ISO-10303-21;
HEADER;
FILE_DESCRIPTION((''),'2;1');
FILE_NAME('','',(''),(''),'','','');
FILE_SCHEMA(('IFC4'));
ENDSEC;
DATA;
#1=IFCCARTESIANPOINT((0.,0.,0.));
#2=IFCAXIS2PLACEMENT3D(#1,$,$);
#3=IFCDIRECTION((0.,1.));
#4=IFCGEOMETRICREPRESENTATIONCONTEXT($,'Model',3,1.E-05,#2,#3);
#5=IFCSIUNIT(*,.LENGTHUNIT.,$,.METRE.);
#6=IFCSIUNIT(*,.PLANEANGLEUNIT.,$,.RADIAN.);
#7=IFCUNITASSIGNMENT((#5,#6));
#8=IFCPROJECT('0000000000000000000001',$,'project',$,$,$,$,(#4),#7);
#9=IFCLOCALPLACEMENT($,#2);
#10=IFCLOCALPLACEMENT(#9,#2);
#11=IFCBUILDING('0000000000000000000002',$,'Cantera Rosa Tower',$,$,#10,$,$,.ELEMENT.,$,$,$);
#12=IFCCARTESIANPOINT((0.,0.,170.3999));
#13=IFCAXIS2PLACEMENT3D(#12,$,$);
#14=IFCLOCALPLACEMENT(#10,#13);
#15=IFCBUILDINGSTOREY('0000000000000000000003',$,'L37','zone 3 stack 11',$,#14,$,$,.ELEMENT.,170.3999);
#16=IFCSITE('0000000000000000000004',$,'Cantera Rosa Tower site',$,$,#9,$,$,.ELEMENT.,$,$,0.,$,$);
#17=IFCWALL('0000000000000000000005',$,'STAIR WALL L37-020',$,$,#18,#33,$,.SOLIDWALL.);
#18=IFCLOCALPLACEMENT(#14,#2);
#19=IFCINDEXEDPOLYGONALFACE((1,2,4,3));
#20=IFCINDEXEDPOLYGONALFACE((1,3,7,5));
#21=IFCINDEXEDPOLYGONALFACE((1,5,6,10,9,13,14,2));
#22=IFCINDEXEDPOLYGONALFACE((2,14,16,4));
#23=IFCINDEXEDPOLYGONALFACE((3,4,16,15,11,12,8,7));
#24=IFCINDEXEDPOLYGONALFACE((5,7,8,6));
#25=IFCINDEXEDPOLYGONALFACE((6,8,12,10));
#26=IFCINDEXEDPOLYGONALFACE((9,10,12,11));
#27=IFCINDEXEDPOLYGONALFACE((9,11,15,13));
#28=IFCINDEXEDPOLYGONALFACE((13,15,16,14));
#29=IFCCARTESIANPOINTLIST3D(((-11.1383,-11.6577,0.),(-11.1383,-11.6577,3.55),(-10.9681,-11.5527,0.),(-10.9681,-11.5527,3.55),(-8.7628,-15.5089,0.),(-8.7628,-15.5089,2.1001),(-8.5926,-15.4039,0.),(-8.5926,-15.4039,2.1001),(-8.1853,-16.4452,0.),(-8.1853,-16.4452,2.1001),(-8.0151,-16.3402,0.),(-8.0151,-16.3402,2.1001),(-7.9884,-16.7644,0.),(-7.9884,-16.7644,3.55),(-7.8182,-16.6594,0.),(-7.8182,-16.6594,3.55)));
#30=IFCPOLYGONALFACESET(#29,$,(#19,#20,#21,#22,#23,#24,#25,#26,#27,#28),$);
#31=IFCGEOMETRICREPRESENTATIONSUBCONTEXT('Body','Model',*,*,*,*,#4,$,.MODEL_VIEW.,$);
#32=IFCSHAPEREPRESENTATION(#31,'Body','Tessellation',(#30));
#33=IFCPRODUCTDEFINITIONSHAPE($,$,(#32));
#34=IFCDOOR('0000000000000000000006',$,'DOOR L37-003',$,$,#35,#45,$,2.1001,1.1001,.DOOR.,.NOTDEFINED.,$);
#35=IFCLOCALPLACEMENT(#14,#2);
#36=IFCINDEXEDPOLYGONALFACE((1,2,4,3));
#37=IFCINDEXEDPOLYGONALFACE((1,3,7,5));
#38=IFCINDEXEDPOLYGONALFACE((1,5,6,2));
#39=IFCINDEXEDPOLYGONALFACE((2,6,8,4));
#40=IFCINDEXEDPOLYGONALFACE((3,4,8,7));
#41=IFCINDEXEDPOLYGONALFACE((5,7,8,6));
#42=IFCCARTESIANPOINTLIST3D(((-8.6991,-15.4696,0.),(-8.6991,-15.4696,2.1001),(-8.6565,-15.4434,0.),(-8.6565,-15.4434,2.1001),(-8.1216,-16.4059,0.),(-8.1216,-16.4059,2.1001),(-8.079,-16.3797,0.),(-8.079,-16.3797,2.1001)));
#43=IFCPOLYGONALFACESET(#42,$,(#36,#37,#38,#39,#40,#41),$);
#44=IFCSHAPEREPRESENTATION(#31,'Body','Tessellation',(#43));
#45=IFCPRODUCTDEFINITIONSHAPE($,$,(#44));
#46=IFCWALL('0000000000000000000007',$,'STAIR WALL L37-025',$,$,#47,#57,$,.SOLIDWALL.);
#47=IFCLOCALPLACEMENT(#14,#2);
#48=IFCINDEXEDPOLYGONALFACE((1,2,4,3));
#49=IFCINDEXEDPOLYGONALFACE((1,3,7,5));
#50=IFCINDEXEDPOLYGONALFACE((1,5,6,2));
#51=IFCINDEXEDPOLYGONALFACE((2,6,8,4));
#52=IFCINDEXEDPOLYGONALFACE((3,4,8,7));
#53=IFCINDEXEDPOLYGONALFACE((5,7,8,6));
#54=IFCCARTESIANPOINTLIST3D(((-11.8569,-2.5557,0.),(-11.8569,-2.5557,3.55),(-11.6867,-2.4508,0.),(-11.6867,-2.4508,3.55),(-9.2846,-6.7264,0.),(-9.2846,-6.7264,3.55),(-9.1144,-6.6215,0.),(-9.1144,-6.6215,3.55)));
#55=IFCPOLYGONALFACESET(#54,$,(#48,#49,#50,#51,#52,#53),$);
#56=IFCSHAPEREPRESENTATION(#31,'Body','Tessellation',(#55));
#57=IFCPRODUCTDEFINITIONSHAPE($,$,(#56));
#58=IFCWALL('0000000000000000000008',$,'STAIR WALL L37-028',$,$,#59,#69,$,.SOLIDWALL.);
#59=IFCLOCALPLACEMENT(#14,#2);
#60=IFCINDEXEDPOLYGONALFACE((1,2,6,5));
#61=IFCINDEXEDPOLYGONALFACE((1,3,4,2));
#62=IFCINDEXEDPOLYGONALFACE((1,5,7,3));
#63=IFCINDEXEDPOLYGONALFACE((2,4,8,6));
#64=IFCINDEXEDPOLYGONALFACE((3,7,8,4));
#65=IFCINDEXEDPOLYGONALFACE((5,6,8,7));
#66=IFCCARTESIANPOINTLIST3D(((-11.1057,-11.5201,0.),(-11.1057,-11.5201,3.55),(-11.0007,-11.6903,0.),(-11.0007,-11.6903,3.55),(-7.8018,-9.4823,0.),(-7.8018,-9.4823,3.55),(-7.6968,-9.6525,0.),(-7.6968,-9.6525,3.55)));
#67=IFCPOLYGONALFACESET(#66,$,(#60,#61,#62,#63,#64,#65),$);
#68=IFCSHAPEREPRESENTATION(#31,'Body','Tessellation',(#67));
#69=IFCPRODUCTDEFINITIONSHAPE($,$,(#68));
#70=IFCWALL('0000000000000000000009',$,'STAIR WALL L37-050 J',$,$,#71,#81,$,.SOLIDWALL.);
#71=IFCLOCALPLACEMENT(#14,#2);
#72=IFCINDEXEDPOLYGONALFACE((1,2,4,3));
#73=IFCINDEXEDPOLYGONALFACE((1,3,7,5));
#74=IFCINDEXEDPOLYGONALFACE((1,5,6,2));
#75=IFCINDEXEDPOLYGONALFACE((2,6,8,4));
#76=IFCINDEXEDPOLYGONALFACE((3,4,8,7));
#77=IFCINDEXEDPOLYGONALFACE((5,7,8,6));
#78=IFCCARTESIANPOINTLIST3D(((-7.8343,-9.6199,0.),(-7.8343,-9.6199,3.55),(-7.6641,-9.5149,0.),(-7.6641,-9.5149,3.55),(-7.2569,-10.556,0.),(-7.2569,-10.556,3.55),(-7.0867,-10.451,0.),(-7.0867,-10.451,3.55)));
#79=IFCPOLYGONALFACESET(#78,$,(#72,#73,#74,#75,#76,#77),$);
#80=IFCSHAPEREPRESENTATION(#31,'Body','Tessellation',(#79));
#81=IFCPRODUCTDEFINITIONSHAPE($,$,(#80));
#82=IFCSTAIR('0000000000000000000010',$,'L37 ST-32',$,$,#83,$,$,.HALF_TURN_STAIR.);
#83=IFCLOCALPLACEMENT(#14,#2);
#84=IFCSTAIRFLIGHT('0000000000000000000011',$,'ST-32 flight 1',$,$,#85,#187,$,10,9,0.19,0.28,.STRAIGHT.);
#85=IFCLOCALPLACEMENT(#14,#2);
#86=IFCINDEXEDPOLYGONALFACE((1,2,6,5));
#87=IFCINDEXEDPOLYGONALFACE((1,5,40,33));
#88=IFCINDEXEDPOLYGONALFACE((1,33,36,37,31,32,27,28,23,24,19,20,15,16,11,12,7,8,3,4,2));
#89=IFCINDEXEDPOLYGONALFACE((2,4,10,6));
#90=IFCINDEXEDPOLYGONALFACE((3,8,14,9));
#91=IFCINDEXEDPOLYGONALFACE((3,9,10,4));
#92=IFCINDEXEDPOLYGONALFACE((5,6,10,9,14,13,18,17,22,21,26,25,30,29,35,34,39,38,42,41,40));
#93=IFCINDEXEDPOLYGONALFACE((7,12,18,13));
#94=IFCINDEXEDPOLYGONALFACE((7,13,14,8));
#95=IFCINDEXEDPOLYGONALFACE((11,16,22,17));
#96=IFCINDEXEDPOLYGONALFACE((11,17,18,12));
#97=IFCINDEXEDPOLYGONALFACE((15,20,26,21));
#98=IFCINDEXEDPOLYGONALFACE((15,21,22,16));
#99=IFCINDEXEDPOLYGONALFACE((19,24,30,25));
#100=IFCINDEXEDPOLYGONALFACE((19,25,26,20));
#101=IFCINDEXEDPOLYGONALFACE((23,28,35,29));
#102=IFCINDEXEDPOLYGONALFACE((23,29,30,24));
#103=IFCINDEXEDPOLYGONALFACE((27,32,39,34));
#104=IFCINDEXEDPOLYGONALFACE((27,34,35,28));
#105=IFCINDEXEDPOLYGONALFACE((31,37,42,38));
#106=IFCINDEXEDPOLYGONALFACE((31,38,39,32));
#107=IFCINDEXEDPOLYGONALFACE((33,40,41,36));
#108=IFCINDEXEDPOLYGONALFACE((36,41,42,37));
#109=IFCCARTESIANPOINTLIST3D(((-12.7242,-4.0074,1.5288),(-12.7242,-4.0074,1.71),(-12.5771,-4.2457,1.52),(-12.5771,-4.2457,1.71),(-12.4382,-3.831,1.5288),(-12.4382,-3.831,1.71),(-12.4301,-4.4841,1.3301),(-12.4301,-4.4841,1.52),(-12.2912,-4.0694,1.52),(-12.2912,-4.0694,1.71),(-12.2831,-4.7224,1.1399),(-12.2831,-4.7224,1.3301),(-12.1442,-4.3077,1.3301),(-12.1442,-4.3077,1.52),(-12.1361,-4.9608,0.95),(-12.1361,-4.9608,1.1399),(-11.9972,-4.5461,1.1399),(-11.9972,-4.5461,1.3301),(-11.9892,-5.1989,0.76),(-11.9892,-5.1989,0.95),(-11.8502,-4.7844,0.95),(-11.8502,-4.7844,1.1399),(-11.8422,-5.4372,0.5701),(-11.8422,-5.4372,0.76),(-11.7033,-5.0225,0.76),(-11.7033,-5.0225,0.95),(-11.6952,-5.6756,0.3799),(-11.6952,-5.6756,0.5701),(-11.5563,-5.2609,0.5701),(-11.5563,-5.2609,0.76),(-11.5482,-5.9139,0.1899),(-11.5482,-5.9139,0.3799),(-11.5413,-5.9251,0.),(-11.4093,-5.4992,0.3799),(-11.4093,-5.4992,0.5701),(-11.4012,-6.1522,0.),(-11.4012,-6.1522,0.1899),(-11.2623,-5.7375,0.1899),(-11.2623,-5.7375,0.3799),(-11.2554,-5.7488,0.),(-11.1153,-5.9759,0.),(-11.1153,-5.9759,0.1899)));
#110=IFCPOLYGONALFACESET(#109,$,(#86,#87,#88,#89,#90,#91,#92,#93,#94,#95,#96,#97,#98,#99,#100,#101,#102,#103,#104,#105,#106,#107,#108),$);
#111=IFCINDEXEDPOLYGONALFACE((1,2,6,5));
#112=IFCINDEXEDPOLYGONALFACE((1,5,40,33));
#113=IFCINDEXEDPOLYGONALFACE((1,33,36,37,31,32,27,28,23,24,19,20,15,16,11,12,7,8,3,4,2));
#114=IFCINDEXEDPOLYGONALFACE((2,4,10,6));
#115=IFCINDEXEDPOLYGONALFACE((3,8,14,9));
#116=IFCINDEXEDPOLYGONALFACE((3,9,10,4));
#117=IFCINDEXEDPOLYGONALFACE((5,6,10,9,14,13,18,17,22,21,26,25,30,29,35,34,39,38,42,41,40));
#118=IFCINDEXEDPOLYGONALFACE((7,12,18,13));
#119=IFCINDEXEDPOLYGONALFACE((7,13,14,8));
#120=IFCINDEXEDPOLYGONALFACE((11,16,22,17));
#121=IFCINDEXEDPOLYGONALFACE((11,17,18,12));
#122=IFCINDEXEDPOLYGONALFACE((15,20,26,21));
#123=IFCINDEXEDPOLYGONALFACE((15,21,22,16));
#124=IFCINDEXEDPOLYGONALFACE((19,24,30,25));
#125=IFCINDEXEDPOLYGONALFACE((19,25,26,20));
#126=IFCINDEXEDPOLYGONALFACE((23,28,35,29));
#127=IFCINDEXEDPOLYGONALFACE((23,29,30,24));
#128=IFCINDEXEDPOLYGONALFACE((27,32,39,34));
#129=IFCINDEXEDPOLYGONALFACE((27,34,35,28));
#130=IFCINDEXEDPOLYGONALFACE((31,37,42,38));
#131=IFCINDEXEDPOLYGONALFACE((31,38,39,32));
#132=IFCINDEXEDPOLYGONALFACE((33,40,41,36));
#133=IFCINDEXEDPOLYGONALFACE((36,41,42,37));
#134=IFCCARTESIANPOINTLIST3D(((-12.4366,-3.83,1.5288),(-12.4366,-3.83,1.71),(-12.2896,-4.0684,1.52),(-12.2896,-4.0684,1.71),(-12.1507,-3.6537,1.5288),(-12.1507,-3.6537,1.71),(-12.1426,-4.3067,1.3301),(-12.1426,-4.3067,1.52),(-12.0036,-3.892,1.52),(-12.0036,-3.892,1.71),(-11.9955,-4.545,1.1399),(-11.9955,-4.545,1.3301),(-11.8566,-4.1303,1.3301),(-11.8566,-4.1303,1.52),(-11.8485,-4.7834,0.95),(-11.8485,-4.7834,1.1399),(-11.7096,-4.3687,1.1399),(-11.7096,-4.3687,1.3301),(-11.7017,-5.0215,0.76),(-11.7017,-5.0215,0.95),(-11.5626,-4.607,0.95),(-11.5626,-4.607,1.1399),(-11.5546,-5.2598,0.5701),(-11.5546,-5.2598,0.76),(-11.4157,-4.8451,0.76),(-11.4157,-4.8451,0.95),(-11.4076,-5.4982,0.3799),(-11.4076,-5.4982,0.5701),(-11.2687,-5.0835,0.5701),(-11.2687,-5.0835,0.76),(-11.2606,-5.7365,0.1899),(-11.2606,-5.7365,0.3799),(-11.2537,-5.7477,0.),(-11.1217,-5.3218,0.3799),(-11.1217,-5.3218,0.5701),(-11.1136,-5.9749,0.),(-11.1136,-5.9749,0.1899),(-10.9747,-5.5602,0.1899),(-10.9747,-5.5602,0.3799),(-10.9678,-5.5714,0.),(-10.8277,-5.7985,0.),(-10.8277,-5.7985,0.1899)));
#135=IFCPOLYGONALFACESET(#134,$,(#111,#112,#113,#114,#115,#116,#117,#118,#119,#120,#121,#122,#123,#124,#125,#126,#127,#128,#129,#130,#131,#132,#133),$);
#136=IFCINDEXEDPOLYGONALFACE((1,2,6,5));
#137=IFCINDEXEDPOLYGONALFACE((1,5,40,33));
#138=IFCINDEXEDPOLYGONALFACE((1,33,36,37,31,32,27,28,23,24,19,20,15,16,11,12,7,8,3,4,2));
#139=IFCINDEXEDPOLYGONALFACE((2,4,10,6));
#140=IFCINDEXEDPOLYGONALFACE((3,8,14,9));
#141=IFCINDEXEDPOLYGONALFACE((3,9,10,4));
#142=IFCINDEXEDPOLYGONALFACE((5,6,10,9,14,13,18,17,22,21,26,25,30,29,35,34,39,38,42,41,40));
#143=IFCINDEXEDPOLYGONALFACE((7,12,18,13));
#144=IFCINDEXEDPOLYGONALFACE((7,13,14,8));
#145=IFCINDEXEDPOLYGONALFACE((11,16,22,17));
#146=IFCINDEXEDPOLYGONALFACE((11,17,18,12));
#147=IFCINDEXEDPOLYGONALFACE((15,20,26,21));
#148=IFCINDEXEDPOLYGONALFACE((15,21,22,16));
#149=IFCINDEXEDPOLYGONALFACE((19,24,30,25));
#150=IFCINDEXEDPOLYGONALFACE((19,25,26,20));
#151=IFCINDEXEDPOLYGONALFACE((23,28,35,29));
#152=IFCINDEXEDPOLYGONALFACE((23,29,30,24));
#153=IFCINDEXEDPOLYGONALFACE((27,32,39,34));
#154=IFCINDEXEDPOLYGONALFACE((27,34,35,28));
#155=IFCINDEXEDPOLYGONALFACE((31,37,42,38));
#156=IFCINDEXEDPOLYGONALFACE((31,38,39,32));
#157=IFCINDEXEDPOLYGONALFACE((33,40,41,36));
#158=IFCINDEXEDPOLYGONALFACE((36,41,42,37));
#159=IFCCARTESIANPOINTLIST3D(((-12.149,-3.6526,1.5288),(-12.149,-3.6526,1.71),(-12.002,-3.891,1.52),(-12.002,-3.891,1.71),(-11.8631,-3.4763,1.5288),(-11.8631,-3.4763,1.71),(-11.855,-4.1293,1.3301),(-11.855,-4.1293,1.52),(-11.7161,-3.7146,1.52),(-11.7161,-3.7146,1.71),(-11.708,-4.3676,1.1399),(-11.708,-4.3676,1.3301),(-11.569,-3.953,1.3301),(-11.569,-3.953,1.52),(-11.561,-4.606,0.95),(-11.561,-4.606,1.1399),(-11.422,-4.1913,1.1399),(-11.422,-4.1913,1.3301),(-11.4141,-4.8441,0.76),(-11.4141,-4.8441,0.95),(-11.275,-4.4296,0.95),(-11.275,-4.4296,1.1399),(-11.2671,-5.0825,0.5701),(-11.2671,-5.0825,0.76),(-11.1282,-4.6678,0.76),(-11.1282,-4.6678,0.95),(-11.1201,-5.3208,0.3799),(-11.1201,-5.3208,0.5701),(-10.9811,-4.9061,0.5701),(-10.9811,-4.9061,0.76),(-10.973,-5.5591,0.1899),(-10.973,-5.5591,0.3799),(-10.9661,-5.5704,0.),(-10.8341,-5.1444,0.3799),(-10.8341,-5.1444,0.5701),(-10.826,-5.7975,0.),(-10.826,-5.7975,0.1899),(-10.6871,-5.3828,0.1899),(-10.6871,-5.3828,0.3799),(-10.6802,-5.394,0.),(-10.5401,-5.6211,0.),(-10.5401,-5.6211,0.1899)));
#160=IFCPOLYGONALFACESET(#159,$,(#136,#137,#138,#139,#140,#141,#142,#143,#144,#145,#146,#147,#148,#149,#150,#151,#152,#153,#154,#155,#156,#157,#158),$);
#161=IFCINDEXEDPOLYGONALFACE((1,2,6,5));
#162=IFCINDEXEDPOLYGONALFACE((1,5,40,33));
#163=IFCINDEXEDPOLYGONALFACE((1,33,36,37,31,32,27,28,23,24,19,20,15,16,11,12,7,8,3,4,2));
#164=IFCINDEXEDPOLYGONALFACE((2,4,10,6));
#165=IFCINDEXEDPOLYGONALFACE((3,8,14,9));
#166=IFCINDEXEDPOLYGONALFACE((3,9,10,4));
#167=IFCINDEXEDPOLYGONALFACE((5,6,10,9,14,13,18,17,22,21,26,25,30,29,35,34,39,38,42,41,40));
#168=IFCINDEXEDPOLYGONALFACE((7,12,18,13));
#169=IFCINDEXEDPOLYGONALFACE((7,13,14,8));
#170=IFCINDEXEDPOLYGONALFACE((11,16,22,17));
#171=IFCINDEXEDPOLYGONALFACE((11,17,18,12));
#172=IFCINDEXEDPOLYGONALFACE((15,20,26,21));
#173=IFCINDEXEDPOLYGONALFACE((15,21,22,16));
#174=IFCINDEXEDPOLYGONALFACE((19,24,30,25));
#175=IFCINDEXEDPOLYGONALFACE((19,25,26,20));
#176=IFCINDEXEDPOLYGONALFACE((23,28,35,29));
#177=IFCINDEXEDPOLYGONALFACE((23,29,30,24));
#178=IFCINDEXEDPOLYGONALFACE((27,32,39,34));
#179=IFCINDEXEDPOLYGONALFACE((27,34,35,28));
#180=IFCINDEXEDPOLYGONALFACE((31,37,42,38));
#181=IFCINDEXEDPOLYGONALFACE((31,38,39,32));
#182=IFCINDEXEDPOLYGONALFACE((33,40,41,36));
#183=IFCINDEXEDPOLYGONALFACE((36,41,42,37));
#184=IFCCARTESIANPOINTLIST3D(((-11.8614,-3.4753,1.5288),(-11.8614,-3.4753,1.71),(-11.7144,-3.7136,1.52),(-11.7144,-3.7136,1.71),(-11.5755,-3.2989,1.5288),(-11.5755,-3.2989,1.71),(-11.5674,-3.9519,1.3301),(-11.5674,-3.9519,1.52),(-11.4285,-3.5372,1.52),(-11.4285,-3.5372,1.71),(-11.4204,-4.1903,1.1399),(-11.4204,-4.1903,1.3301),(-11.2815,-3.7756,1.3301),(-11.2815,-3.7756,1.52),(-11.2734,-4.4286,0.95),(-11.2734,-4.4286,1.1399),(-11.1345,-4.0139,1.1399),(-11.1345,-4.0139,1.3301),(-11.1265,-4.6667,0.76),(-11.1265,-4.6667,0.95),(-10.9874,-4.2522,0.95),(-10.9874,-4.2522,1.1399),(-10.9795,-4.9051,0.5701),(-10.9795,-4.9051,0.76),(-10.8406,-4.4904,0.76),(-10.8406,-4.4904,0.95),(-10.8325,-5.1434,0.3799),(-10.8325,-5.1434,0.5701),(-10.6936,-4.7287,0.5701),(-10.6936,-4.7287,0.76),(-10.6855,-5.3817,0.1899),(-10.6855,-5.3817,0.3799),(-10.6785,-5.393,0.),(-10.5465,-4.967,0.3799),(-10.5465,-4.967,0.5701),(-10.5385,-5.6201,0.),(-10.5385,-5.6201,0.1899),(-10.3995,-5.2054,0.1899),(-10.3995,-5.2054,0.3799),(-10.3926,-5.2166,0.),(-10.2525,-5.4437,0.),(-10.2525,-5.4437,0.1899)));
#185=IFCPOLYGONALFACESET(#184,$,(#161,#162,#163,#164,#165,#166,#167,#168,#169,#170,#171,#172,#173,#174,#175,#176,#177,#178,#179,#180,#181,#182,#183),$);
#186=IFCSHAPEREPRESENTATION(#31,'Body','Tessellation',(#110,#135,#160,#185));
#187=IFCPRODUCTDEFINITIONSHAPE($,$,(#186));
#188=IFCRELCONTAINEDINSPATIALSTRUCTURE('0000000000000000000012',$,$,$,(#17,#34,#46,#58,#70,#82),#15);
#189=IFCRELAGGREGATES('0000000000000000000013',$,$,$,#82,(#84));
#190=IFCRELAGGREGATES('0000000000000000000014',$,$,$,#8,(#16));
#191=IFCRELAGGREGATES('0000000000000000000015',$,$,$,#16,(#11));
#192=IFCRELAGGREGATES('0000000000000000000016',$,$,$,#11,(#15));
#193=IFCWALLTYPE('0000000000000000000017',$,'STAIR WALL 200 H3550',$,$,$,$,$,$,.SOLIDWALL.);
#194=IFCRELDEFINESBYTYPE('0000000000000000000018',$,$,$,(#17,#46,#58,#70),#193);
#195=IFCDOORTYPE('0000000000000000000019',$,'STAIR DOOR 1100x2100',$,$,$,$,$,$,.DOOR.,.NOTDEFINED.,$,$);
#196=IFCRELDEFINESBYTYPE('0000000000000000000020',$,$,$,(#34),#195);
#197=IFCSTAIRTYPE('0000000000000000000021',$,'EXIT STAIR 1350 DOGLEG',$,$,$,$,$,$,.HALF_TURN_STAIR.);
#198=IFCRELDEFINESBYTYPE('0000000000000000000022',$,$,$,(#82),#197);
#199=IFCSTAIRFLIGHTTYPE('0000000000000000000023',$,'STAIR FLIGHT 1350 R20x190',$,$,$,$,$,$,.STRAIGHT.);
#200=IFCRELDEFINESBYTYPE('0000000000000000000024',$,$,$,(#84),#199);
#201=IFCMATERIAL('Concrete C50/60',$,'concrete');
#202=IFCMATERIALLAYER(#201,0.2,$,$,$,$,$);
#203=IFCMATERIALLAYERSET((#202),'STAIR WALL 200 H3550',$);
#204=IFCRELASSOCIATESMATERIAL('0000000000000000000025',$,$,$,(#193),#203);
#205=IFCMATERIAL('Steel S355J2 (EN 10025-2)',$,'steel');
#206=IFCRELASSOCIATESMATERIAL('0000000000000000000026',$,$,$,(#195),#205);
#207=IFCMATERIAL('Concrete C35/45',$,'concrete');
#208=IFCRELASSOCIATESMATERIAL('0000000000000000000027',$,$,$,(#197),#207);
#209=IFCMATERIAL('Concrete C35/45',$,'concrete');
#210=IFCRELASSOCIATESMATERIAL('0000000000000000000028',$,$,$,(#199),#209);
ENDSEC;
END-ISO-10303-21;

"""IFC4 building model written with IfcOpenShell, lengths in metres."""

from ifc_helpers import new_model, si_unit, direction, frame, frame_2d, origin, place, context, subcontext, project, spatial, polyline, rectangle, outline, extrude, material, layer, layer_set, type_object, element, fill, aggregate, save


model = new_model("IFC4")

# Units and contexts
model_context = context("Model", 3, precision=1e-05, world=origin(), true_north=direction((0.0, 1.0)))
body_context = subcontext(model_context, "Body", "Model", "MODEL_VIEW")
ifc_project = project(units=[si_unit("LENGTHUNIT", "METRE"), si_unit("PLANEANGLEUNIT", "RADIAN")], contexts=[model_context])

# Site, building, storey
site_placement = place(None, origin())
site = spatial("IfcSite", under=ifc_project, at=site_placement, Name="Cantera Rosa Tower site", CompositionType="ELEMENT", RefElevation=0.0)
building_placement = place(site_placement, origin())
building = spatial("IfcBuilding", under=site, at=building_placement, Name="Cantera Rosa Tower", CompositionType="ELEMENT")
storey_placement = place(building_placement, frame((0.0, 0.0, 170.3999)))
storey = spatial("IfcBuildingStorey", under=building, at=storey_placement, Name="L37", Description="zone 3 stack 11", CompositionType="ELEMENT", Elevation=170.3999)

# Wall, opening, door
ifc_material_1 = material(Name="Concrete C50/60", Category="concrete")
ifc_layer_1 = layer(ifc_material_1, 0.2)
ifc_layer_set_1 = layer_set([ifc_layer_1], Name="STAIR WALL 200 H3550")
wall_type_1 = type_object("IfcWallType", Name="STAIR WALL 200 H3550", PredefinedType="SOLIDWALL", material=ifc_layer_set_1)
wall_1_placement = place(storey_placement, frame((-11.0532, -11.6052, 0.0), z_axis=(0.0, 0.0, 1.0), x_axis=(0.524983, -0.851113, 0.0)))
wall_1 = element("IfcWall", 1, at=wall_1_placement, inside=storey, type_object=wall_type_1, Name="STAIR WALL L37-020", PredefinedType="SOLIDWALL", context=body_context, shape_type="SweptSolid", body=[
    extrude(rectangle(XDim=6.0, YDim=0.2, at=frame_2d((3.0, 0.0))), origin(), (0.0, 0.0, 1.0), 3.55),
])
opening_placement = place(wall_1_placement, frame((4.5249, 0.0, 0.0)))
opening = element("IfcOpeningElement", 2, at=opening_placement, cuts=wall_1, PredefinedType="OPENING", context=body_context, shape_type="SweptSolid", body=[
    extrude(rectangle(XDim=1.1001, YDim=2.1001, at=frame_2d((0.55, 1.05))), frame((0.0, 0.1099, 0.0), z_axis=(0.0, -1.0, 0.0), x_axis=(1.0, 0.0, 0.0)), (0.0, 0.0, 1.0), 0.22),
])
ifc_material_2 = material(Name="Steel S355J2 (EN 10025-2)", Category="steel")
door_type = type_object("IfcDoorType", Name="STAIR DOOR 1100x2100", OperationType="NOTDEFINED", PredefinedType="DOOR", material=ifc_material_2)
door_placement = place(opening_placement, origin())
door = element("IfcDoor", 3, at=door_placement, inside=storey, type_object=door_type, Name="DOOR L37-003", OperationType="NOTDEFINED", OverallHeight=2.1001, OverallWidth=1.1001, PredefinedType="DOOR", context=body_context, shape_type="SweptSolid", body=[
    extrude(rectangle(XDim=1.1001, YDim=2.1001, at=frame_2d((0.55, 1.05))), frame((0.0, 0.0249, 0.0), z_axis=(0.0, -1.0, 0.0), x_axis=(1.0, 0.0, 0.0)), (0.0, 0.0, 1.0), 0.05),
])
fill(opening, door)

# Walls
wall_2_placement = place(storey_placement, frame((-9.1995, -6.6741, 0.0), z_axis=(0.0, 0.0, 1.0), x_axis=(-0.524942, 0.851138, 0.0)))
element("IfcWall", 4, at=wall_2_placement, inside=storey, type_object=wall_type_1, Name="STAIR WALL L37-025", PredefinedType="SOLIDWALL", context=body_context, shape_type="SweptSolid", body=[
    extrude(rectangle(XDim=4.9001, YDim=0.2, at=frame_2d((2.4502, 0.0))), origin(), (0.0, 0.0, 1.0), 3.55),
])
wall_3_placement = place(storey_placement, frame((-7.7493, -9.5674, 0.0), z_axis=(0.0, 0.0, 1.0), x_axis=(-0.851125, -0.524964, 0.0)))
element("IfcWall", 5, at=wall_3_placement, inside=storey, type_object=wall_type_1, Name="STAIR WALL L37-028", PredefinedType="SOLIDWALL", context=body_context, shape_type="SweptSolid", body=[
    extrude(rectangle(XDim=3.8818, YDim=0.2, at=frame_2d((1.9409, 0.0))), origin(), (0.0, 0.0, 1.0), 3.55),
])
wall_4_placement = place(storey_placement, frame((-7.1719, -10.5034, 0.0), z_axis=(0.0, 0.0, 1.0), x_axis=(-0.525001, 0.851101, 0.0)))
element("IfcWall", 6, at=wall_4_placement, inside=storey, type_object=wall_type_1, Name="STAIR WALL L37-050 J", PredefinedType="SOLIDWALL", context=body_context, shape_type="SweptSolid", body=[
    extrude(rectangle(XDim=1.0999, YDim=0.2, at=frame_2d((0.5498, 0.0))), origin(), (0.0, 0.0, 1.0), 3.55),
])

# Stair, stair flight
ifc_material_3 = material(Name="Concrete C35/45", Category="concrete")
stair_type = type_object("IfcStairType", Name="EXIT STAIR 1350 DOGLEG", PredefinedType="HALF_TURN_STAIR", material=ifc_material_3)
stair_1_placement = place(storey_placement, origin())
stair_1 = element("IfcStair", 7, at=stair_1_placement, inside=storey, type_object=stair_type, Name="L37 ST-32", PredefinedType="HALF_TURN_STAIR")
ifc_material_4 = material(Name="Concrete C35/45", Category="concrete")
stair_flight_type = type_object("IfcStairFlightType", Name="STAIR FLIGHT 1350 R20x190", PredefinedType="STRAIGHT", material=ifc_material_4)
stair_flight_1_placement = place(storey_placement, frame((-10.8267, -5.7979, 0.0), z_axis=(0.0, 0.0, 1.0), x_axis=(-0.524977, 0.851117, 0.0)))
stair_flight_1 = element("IfcStairFlight", 8, at=stair_flight_1_placement, type_object=stair_flight_type, Name="ST-32 flight 1", NumberOfRisers=10, NumberOfTreads=9, PredefinedType="STRAIGHT", RiserHeight=0.19, TreadLength=0.28, context=body_context, shape_type="SweptSolid", body=[
    extrude(outline(polyline([(0.0, 0.0), (0.0, 0.1899), (0.28, 0.1899), (0.28, 0.3799), (0.5601, 0.3799), (0.5601, 0.5701), (0.8401, 0.5701), (0.8401, 0.76), (1.1201, 0.76), (1.1201, 0.95), (1.3999, 0.95), (1.3999, 1.1399), (1.6799, 1.1399), (1.6799, 1.3301), (1.96, 1.3301), (1.96, 1.52), (2.24, 1.52), (2.24, 1.71), (2.52, 1.71), (2.52, 1.8999), (2.52, 1.5288), (0.2668, 0.0), (0.0, 0.0)])), frame((0.0, 0.675, 0.0), z_axis=(0.0, -1.0, 0.0), x_axis=(1.0, 0.0, 0.0)), (0.0, 0.0, 1.0), 0.3359),
    extrude(outline(polyline([(0.0, 0.0), (0.0, 0.1899), (0.28, 0.1899), (0.28, 0.3799), (0.5601, 0.3799), (0.5601, 0.5701), (0.8401, 0.5701), (0.8401, 0.76), (1.1201, 0.76), (1.1201, 0.95), (1.3999, 0.95), (1.3999, 1.1399), (1.6799, 1.1399), (1.6799, 1.3301), (1.96, 1.3301), (1.96, 1.52), (2.24, 1.52), (2.24, 1.71), (2.52, 1.71), (2.52, 1.8999), (2.52, 1.5288), (0.2668, 0.0), (0.0, 0.0)])), frame((0.0, 0.3372, 0.0), z_axis=(0.0, -1.0, 0.0), x_axis=(1.0, 0.0, 0.0)), (0.0, 0.0, 1.0), 0.3359),
    extrude(outline(polyline([(0.0, 0.0), (0.0, 0.1899), (0.28, 0.1899), (0.28, 0.3799), (0.5601, 0.3799), (0.5601, 0.5701), (0.8401, 0.5701), (0.8401, 0.76), (1.1201, 0.76), (1.1201, 0.95), (1.3999, 0.95), (1.3999, 1.1399), (1.6799, 1.1399), (1.6799, 1.3301), (1.96, 1.3301), (1.96, 1.52), (2.24, 1.52), (2.24, 1.71), (2.52, 1.71), (2.52, 1.8999), (2.52, 1.5288), (0.2668, 0.0), (0.0, 0.0)])), frame((0.0, -0.0007, 0.0), z_axis=(0.0, -1.0, 0.0), x_axis=(1.0, 0.0, 0.0)), (0.0, 0.0, 1.0), 0.3359),
    extrude(outline(polyline([(0.0, 0.0), (0.0, 0.1899), (0.28, 0.1899), (0.28, 0.3799), (0.5601, 0.3799), (0.5601, 0.5701), (0.8401, 0.5701), (0.8401, 0.76), (1.1201, 0.76), (1.1201, 0.95), (1.3999, 0.95), (1.3999, 1.1399), (1.6799, 1.1399), (1.6799, 1.3301), (1.96, 1.3301), (1.96, 1.52), (2.24, 1.52), (2.24, 1.71), (2.52, 1.71), (2.52, 1.8999), (2.52, 1.5288), (0.2668, 0.0), (0.0, 0.0)])), frame((0.0, -0.3386, 0.0), z_axis=(0.0, -1.0, 0.0), x_axis=(1.0, 0.0, 0.0)), (0.0, 0.0, 1.0), 0.3359),
])
aggregate(stair_1, [stair_flight_1])

save(model, "model.ifc")
